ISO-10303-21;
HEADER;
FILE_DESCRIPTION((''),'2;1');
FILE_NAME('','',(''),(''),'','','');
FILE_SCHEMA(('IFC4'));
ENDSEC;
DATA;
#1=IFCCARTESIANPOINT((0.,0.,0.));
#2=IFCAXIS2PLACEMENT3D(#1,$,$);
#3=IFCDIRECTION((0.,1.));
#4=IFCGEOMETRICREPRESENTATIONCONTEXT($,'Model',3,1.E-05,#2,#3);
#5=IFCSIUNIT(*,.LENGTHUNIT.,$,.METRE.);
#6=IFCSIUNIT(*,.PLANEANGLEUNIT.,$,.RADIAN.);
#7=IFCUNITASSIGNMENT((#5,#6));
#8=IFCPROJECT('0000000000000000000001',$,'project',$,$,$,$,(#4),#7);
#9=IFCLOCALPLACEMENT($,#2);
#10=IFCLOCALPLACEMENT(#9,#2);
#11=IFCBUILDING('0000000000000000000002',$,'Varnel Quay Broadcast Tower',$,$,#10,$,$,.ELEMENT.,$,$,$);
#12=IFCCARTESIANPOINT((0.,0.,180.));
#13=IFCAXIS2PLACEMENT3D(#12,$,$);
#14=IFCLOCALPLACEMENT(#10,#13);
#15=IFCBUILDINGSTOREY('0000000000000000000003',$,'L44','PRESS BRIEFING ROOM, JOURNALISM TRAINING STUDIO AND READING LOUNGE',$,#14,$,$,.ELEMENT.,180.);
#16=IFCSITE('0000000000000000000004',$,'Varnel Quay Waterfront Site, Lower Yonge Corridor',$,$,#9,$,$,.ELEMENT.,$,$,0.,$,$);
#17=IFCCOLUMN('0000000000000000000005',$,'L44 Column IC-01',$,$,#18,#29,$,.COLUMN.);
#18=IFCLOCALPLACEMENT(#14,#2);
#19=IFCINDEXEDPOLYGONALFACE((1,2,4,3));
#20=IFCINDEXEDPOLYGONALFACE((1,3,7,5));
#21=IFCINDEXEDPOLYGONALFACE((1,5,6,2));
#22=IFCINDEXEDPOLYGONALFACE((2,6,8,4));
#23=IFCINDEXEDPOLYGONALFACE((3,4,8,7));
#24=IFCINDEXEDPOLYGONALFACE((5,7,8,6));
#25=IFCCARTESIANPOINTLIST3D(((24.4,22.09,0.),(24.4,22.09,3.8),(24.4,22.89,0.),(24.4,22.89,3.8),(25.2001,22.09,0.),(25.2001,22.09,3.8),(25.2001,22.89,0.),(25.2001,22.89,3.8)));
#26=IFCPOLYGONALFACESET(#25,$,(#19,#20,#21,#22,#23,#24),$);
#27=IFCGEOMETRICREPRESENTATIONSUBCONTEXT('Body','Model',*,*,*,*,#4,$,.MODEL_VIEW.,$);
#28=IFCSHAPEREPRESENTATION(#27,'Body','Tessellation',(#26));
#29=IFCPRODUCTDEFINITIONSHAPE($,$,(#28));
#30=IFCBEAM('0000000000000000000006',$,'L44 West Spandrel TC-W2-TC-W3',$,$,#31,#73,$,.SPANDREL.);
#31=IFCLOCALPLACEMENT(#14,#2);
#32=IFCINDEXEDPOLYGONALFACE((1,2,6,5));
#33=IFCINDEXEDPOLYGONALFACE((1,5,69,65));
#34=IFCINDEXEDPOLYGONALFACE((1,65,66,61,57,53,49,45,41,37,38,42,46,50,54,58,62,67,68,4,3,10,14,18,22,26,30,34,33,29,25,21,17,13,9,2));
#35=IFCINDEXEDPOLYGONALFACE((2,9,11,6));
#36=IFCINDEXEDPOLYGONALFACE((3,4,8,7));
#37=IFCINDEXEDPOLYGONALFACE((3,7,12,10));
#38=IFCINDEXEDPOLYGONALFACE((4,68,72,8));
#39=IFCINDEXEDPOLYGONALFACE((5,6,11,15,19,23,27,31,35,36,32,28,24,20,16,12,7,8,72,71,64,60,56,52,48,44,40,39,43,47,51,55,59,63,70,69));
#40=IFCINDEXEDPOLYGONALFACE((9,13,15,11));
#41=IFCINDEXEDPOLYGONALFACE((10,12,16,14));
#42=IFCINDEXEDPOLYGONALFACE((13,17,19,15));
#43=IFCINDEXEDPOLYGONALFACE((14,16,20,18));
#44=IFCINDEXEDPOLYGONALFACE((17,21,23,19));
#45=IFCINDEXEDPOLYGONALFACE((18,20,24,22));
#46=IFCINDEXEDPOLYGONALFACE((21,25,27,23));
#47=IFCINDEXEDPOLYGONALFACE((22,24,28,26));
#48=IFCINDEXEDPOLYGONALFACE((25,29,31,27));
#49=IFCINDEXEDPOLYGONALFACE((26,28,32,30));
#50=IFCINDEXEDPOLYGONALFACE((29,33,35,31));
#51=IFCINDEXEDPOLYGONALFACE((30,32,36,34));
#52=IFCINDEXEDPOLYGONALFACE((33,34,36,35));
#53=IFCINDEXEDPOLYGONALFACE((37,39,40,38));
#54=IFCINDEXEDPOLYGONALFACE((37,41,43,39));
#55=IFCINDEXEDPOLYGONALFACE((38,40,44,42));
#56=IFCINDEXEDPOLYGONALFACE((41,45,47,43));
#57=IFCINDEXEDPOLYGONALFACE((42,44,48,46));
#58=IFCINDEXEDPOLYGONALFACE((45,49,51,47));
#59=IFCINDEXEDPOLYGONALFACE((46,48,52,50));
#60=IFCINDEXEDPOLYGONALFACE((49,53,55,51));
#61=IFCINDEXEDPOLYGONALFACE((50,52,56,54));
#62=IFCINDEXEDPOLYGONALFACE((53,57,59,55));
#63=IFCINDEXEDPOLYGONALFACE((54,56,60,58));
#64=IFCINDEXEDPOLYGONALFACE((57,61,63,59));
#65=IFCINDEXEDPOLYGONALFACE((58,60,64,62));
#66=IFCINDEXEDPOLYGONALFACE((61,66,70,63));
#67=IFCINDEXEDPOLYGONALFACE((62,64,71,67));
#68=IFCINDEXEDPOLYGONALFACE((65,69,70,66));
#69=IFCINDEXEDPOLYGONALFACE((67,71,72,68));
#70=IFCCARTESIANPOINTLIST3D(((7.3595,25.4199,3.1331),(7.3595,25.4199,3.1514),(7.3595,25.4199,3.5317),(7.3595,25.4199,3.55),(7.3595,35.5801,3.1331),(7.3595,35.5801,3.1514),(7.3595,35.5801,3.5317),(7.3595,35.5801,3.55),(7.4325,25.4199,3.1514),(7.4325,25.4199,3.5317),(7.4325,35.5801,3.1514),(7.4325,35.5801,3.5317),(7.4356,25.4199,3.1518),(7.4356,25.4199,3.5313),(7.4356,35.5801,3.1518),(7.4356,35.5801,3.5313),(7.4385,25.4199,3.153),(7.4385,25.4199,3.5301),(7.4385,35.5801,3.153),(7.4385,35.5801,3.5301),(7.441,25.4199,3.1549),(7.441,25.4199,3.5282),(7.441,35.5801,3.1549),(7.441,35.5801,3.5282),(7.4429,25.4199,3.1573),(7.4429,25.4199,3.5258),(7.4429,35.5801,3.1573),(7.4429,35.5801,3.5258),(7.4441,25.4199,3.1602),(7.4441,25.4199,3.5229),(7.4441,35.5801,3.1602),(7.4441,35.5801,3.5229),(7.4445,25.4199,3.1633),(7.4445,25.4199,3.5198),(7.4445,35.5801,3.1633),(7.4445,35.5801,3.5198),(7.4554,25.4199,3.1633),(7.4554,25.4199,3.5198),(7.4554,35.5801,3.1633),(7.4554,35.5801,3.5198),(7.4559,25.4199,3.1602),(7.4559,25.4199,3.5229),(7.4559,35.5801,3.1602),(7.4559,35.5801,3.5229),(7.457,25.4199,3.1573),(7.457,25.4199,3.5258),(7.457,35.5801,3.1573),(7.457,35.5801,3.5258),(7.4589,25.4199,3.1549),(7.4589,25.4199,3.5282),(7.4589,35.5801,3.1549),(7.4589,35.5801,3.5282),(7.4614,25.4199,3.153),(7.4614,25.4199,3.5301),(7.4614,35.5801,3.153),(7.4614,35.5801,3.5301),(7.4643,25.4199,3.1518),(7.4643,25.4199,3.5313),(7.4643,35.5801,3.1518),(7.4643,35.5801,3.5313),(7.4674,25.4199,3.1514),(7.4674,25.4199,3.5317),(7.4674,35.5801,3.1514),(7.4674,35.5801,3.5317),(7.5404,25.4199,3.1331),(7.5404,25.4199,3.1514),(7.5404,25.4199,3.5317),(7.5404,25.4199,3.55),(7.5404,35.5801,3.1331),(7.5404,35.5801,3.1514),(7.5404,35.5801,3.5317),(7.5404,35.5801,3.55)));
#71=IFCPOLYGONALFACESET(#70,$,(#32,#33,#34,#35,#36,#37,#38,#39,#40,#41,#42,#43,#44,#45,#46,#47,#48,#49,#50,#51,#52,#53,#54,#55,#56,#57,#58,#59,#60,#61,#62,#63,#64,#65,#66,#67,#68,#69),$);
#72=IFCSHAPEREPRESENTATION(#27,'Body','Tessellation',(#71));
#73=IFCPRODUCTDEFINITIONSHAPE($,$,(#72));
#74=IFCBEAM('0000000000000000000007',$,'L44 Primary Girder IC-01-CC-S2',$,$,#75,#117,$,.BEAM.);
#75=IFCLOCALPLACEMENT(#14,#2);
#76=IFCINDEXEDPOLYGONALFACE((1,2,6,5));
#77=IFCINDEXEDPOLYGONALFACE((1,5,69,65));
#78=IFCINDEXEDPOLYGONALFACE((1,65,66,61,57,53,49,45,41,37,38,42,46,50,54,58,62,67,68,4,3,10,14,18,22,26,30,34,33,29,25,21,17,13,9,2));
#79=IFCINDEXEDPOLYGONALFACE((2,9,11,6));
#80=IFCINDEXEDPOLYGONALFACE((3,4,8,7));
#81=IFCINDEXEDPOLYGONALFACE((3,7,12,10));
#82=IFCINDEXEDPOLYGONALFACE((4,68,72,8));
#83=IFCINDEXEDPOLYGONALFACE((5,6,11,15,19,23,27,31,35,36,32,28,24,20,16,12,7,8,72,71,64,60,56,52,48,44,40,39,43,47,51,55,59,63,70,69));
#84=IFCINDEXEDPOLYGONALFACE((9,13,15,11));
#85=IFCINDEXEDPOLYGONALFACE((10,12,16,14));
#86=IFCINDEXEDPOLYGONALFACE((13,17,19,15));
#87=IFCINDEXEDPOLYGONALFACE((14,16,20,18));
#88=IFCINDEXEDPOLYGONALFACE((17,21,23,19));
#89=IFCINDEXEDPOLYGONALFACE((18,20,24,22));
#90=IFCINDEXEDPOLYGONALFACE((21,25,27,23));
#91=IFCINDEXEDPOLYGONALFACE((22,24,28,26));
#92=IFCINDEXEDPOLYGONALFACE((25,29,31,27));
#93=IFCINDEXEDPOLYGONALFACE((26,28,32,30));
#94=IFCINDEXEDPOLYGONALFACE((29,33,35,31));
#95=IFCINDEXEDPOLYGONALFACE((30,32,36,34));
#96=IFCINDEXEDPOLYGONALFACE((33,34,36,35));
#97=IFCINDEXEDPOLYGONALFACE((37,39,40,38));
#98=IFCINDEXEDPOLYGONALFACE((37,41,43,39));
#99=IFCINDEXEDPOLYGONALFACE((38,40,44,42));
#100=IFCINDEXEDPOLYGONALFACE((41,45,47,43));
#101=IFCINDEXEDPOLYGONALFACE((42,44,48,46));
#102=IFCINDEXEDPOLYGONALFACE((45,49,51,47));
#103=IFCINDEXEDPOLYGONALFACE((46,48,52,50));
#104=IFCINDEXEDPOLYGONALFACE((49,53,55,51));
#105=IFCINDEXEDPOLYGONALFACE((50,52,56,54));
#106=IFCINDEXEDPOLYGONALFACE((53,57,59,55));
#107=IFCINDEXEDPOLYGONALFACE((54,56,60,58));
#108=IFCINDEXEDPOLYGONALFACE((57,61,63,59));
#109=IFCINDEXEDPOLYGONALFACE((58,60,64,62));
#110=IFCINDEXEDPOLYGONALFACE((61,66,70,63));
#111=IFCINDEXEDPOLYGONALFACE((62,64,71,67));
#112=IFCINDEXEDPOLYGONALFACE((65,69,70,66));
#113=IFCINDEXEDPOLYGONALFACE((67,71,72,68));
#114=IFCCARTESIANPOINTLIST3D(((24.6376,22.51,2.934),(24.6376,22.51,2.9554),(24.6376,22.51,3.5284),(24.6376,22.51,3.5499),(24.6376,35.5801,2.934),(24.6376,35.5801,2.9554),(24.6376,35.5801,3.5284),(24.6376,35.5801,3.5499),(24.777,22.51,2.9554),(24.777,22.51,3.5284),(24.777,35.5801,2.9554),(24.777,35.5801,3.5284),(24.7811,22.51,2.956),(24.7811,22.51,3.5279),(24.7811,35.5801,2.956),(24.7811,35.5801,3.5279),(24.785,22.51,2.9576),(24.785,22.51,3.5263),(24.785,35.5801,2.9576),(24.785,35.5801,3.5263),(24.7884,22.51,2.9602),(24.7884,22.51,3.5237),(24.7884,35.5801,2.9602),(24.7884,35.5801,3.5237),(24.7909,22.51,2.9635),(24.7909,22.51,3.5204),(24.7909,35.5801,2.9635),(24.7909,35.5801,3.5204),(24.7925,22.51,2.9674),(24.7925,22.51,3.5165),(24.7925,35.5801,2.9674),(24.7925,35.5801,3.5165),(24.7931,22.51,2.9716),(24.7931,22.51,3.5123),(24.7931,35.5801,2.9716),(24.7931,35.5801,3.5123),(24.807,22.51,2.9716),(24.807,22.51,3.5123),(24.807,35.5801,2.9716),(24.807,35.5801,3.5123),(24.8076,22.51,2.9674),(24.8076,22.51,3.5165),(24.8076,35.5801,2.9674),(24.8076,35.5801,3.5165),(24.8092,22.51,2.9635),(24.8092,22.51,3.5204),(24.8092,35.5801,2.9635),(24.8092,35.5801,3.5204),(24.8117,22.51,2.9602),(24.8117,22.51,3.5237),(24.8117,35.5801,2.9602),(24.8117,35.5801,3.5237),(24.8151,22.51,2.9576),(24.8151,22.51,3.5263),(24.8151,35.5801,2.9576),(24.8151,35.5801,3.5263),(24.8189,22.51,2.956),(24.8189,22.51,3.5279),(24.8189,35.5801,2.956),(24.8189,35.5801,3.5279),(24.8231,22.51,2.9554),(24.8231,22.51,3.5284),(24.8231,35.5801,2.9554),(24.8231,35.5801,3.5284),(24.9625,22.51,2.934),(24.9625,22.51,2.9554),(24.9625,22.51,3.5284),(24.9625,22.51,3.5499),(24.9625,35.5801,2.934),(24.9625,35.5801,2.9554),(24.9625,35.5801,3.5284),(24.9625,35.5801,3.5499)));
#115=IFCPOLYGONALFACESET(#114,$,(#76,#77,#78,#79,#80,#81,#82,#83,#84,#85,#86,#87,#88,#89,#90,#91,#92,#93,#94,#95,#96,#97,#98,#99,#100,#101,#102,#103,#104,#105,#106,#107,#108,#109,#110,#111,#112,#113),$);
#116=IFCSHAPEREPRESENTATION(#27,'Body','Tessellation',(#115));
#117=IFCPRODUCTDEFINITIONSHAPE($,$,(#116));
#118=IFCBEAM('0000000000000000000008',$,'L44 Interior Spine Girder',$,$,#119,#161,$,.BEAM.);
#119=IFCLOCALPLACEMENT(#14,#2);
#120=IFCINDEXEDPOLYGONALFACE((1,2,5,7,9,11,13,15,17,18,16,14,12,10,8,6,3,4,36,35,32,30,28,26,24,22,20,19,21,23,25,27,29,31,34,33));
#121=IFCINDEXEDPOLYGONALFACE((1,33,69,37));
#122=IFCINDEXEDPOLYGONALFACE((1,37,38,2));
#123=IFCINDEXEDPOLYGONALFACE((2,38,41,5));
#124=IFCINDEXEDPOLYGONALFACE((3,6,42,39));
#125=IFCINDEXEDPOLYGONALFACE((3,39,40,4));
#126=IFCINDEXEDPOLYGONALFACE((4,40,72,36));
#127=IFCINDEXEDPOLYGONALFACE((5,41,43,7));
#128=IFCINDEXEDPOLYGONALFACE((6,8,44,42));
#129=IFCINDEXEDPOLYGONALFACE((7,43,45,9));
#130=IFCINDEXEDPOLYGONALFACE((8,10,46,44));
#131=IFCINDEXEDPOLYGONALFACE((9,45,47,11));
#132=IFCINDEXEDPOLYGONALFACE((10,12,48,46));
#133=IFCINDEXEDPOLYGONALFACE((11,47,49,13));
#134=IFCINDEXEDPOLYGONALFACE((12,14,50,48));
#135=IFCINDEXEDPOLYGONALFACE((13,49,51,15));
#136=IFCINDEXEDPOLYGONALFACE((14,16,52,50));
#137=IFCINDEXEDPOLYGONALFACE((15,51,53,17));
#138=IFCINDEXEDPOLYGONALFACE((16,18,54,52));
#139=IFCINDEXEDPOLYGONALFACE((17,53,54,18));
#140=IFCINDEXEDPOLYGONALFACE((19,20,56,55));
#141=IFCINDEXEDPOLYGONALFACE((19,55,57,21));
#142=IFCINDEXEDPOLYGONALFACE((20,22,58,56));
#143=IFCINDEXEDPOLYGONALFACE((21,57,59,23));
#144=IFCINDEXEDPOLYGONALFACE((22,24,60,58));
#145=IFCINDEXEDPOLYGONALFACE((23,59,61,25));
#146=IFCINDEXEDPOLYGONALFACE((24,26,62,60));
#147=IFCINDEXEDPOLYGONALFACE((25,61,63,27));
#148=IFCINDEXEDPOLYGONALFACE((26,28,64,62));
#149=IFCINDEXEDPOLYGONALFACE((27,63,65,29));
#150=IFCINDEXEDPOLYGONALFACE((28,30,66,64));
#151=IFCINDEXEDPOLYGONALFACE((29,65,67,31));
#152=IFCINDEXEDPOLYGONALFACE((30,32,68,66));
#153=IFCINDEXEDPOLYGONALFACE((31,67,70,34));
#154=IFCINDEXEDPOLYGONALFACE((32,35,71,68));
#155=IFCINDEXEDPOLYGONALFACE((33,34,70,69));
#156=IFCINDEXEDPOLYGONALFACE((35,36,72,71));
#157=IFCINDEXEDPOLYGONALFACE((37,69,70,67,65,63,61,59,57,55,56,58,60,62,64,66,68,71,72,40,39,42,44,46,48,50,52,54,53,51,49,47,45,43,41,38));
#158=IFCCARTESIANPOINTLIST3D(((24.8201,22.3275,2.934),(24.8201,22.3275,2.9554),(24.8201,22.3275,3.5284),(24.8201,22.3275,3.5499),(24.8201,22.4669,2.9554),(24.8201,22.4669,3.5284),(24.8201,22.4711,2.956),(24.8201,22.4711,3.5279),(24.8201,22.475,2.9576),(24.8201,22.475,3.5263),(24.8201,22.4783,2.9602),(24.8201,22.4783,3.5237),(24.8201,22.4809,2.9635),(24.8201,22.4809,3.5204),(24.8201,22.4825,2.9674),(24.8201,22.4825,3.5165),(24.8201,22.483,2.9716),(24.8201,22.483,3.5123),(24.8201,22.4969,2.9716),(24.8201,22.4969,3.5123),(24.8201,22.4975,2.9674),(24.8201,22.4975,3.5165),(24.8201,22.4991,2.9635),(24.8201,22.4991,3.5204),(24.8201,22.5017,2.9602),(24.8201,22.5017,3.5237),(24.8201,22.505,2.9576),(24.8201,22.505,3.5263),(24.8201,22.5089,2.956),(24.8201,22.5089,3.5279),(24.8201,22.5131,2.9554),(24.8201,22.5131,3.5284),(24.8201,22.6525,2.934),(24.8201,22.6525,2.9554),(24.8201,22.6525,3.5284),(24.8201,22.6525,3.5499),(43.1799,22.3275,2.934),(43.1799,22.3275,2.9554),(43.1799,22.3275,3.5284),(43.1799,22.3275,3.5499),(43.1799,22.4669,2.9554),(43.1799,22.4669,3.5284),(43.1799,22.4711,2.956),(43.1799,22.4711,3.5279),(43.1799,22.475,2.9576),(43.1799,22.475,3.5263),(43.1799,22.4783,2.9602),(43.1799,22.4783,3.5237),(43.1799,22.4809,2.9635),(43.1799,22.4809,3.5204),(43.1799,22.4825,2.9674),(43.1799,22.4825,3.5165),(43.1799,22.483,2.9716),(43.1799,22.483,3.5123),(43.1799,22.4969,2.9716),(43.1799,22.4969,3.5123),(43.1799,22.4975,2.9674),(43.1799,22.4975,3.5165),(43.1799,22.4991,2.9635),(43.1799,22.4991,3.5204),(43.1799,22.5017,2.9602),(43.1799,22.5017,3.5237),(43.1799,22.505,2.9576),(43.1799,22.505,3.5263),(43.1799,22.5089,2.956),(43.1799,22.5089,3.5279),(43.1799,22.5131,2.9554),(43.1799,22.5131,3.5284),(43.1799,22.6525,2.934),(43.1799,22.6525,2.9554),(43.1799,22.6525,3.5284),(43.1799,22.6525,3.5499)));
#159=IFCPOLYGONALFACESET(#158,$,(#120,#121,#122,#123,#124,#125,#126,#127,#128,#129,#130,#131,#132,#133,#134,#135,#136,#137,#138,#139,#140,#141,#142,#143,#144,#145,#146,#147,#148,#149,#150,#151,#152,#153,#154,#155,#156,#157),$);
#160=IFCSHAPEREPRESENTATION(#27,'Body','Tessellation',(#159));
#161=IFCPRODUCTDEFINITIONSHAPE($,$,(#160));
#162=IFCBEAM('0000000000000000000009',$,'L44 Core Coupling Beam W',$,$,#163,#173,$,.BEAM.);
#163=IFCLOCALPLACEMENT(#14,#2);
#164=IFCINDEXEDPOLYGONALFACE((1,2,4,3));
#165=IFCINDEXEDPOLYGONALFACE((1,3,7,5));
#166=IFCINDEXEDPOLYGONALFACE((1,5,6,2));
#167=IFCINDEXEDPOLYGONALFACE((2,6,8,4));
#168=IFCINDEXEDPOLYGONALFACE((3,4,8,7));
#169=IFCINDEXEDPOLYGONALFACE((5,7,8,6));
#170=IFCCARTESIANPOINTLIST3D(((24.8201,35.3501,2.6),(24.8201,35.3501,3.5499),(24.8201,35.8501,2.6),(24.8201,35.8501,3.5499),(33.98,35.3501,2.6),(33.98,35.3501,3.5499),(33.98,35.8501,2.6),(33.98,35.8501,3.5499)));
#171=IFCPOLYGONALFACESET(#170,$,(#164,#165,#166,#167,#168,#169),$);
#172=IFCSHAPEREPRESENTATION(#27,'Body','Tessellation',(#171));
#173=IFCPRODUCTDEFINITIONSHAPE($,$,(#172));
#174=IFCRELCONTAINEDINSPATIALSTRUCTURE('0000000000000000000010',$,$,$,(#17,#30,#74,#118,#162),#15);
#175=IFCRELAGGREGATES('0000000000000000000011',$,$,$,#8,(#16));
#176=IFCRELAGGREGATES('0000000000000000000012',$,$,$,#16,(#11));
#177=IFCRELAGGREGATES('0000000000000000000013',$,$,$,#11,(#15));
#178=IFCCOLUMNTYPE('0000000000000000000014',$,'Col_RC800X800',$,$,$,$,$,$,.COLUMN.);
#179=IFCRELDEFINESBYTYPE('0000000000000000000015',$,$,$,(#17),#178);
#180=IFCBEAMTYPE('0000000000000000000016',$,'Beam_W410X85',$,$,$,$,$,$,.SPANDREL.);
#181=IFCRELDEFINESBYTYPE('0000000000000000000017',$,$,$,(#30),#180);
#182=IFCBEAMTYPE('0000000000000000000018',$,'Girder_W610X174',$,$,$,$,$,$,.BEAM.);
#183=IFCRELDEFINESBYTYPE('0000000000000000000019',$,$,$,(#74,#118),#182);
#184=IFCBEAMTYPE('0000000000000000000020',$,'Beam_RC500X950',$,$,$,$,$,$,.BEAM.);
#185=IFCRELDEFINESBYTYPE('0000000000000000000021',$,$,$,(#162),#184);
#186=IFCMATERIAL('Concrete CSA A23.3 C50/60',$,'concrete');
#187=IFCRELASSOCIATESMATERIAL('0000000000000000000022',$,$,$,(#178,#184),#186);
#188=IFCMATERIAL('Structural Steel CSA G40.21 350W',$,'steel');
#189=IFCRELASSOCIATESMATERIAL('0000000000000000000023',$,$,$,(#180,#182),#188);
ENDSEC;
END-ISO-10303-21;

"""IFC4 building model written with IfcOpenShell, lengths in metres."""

from ifc_helpers import new_model, si_unit, direction, frame, origin, origin_2d, place, context, subcontext, project, spatial, rectangle, i_section, extrude, source, transform, mapped, material, material_profile, profile_set, type_object, type_shapes, element, save


model = new_model("IFC4")

# Units and contexts
model_context = context("Model", 3, precision=1e-05, world=origin(), true_north=direction((0.0, 1.0)))
body_context = subcontext(model_context, "Body", "Model", "MODEL_VIEW")
ifc_project = project(units=[si_unit("LENGTHUNIT", "METRE"), si_unit("PLANEANGLEUNIT", "RADIAN")], contexts=[model_context])

# Site, building, storey
site_placement = place(None, origin())
site = spatial("IfcSite", under=ifc_project, at=site_placement, Name="Varnel Quay Waterfront Site, Lower Yonge Corridor", CompositionType="ELEMENT", RefElevation=0.0)
building_placement = place(site_placement, origin())
building = spatial("IfcBuilding", under=site, at=building_placement, Name="Varnel Quay Broadcast Tower", CompositionType="ELEMENT")
storey_placement = place(building_placement, frame((0.0, 0.0, 180.0)))
storey = spatial("IfcBuildingStorey", under=building, at=storey_placement, Name="L44", Description="PRESS BRIEFING ROOM, JOURNALISM TRAINING STUDIO AND READING LOUNGE", CompositionType="ELEMENT", Elevation=180.0)

# Column
ifc_material_1 = material(Name="Structural Steel CSA G40.21 350W", Category="steel")
ifc_material_2 = material(Name="Concrete CSA A23.3 C50/60", Category="concrete")
ifc_material_profile_1 = material_profile(ifc_material_2, rectangle(XDim=0.8, YDim=0.8, at=origin_2d()), Name="RC800X800")
ifc_profile_set_1 = profile_set([ifc_material_profile_1], Name="Concrete CSA A23.3 C50/60")
column_type_1 = type_object("IfcColumnType", Name="Col_RC800X800", PredefinedType="COLUMN", material=ifc_profile_set_1)
shared_shape_1 = source(origin(), body_context, "Body", "SweptSolid", [
    extrude(rectangle(XDim=0.8, YDim=0.8, at=origin_2d()), origin(), (0.0, 0.0, 1.0), 3.8),
])
type_shapes(column_type_1, [shared_shape_1])
column_placement = place(storey_placement, frame((24.8, 22.49, 0.0), z_axis=(0.0, 0.0, 1.0), x_axis=(1.0, 0.0, 0.0)))
element("IfcColumn", 1, at=column_placement, inside=storey, type_object=column_type_1, Name="L44 Column IC-01", PredefinedType="COLUMN", context=body_context, shape_type="MappedRepresentation", body=[
    mapped(shared_shape_1, transform((0.0, 0.0, 0.0), x_axis=(1.0, 0.0, 0.0), y_axis=(0.0, 1.0, 0.0), z_axis=(0.0, 0.0, 1.0), scale=1.0)),
])

# Beams
ifc_material_profile_2 = material_profile(ifc_material_1, i_section(OverallWidth=0.1809, OverallDepth=0.417, WebThickness=0.011, FlangeThickness=0.0183, FilletRadius=0.012, at=origin_2d()), Name="W410X85")
ifc_profile_set_2 = profile_set([ifc_material_profile_2], Name="Structural Steel CSA G40.21 350W")
beam_type_1 = type_object("IfcBeamType", Name="Beam_W410X85", PredefinedType="SPANDREL", material=ifc_profile_set_2)
shared_shape_2 = source(origin(), body_context, "Body", "SweptSolid", [
    extrude(i_section(OverallWidth=0.1809, OverallDepth=0.417, WebThickness=0.011, FlangeThickness=0.0183, FilletRadius=0.012, at=origin_2d()), origin(), (0.0, 0.0, 1.0), 10.1602),
])
type_shapes(beam_type_1, [shared_shape_2])
beam_1_placement = place(storey_placement, frame((7.45, 25.4199, 3.3416), z_axis=(0.0, 1.0, 0.0), x_axis=(-1.0, 0.0, 0.0)))
element("IfcBeam", 2, at=beam_1_placement, inside=storey, type_object=beam_type_1, Name="L44 West Spandrel TC-W2-TC-W3", PredefinedType="SPANDREL", context=body_context, shape_type="MappedRepresentation", body=[
    mapped(shared_shape_2, transform((0.0, 0.0, 0.0), x_axis=(1.0, 0.0, 0.0), y_axis=(0.0, 1.0, 0.0), z_axis=(0.0, 0.0, 1.0), scale=1.0)),
])
ifc_material_profile_3 = material_profile(ifc_material_1, i_section(OverallWidth=0.325, OverallDepth=0.616, WebThickness=0.0139, FlangeThickness=0.0215, FilletRadius=0.0161, at=origin_2d()), Name="W610X174")
ifc_profile_set_3 = profile_set([ifc_material_profile_3], Name="Structural Steel CSA G40.21 350W")
beam_type_2 = type_object("IfcBeamType", Name="Girder_W610X174", PredefinedType="BEAM", material=ifc_profile_set_3)
shared_shape_3 = source(origin(), body_context, "Body", "SweptSolid", [
    extrude(i_section(OverallWidth=0.325, OverallDepth=0.616, WebThickness=0.0139, FlangeThickness=0.0215, FilletRadius=0.0161, at=origin_2d()), origin(), (0.0, 0.0, 1.0), 13.0701),
])
beam_2_placement = place(storey_placement, frame((24.8, 22.51, 3.2419), z_axis=(0.0, 1.0, 0.0), x_axis=(-1.0, 0.0, 0.0)))
element("IfcBeam", 3, at=beam_2_placement, inside=storey, type_object=beam_type_2, Name="L44 Primary Girder IC-01-CC-S2", PredefinedType="BEAM", context=body_context, shape_type="MappedRepresentation", body=[
    mapped(shared_shape_3, transform((0.0, 0.0, 0.0), x_axis=(1.0, 0.0, 0.0), y_axis=(0.0, 1.0, 0.0), z_axis=(0.0, 0.0, 1.0), scale=1.0)),
])
shared_shape_4 = source(origin(), body_context, "Body", "SweptSolid", [
    extrude(i_section(OverallWidth=0.325, OverallDepth=0.616, WebThickness=0.0139, FlangeThickness=0.0215, FilletRadius=0.0161, at=origin_2d()), origin(), (0.0, 0.0, 1.0), 18.3599),
])
type_shapes(beam_type_2, [shared_shape_3, shared_shape_4])
beam_3_placement = place(storey_placement, frame((24.8201, 22.49, 3.2419), z_axis=(1.0, 0.0, 0.0), x_axis=(0.0, 1.0, 0.0)))
element("IfcBeam", 4, at=beam_3_placement, inside=storey, type_object=beam_type_2, Name="L44 Interior Spine Girder", PredefinedType="BEAM", context=body_context, shape_type="MappedRepresentation", body=[
    mapped(shared_shape_4, transform((0.0, 0.0, 0.0), x_axis=(1.0, 0.0, 0.0), y_axis=(0.0, 1.0, 0.0), z_axis=(0.0, 0.0, 1.0), scale=1.0)),
])
ifc_material_profile_4 = material_profile(ifc_material_2, rectangle(XDim=0.5, YDim=0.95, at=origin_2d()), Name="RC500X950")
ifc_profile_set_4 = profile_set([ifc_material_profile_4], Name="Concrete CSA A23.3 C50/60")
beam_type_3 = type_object("IfcBeamType", Name="Beam_RC500X950", PredefinedType="BEAM", material=ifc_profile_set_4)
shared_shape_5 = source(origin(), body_context, "Body", "SweptSolid", [
    extrude(rectangle(XDim=0.5, YDim=0.95, at=origin_2d()), origin(), (0.0, 0.0, 1.0), 9.1599),
])
type_shapes(beam_type_3, [shared_shape_5])
beam_4_placement = place(storey_placement, frame((24.8201, 35.6001, 3.075), z_axis=(1.0, 0.0, 0.0), x_axis=(0.0, 1.0, 0.0)))
element("IfcBeam", 5, at=beam_4_placement, inside=storey, type_object=beam_type_3, Name="L44 Core Coupling Beam W", PredefinedType="BEAM", context=body_context, shape_type="MappedRepresentation", body=[
    mapped(shared_shape_5, transform((0.0, 0.0, 0.0), x_axis=(1.0, 0.0, 0.0), y_axis=(0.0, 1.0, 0.0), z_axis=(0.0, 0.0, 1.0), scale=1.0)),
])

save(model, "model.ifc")
